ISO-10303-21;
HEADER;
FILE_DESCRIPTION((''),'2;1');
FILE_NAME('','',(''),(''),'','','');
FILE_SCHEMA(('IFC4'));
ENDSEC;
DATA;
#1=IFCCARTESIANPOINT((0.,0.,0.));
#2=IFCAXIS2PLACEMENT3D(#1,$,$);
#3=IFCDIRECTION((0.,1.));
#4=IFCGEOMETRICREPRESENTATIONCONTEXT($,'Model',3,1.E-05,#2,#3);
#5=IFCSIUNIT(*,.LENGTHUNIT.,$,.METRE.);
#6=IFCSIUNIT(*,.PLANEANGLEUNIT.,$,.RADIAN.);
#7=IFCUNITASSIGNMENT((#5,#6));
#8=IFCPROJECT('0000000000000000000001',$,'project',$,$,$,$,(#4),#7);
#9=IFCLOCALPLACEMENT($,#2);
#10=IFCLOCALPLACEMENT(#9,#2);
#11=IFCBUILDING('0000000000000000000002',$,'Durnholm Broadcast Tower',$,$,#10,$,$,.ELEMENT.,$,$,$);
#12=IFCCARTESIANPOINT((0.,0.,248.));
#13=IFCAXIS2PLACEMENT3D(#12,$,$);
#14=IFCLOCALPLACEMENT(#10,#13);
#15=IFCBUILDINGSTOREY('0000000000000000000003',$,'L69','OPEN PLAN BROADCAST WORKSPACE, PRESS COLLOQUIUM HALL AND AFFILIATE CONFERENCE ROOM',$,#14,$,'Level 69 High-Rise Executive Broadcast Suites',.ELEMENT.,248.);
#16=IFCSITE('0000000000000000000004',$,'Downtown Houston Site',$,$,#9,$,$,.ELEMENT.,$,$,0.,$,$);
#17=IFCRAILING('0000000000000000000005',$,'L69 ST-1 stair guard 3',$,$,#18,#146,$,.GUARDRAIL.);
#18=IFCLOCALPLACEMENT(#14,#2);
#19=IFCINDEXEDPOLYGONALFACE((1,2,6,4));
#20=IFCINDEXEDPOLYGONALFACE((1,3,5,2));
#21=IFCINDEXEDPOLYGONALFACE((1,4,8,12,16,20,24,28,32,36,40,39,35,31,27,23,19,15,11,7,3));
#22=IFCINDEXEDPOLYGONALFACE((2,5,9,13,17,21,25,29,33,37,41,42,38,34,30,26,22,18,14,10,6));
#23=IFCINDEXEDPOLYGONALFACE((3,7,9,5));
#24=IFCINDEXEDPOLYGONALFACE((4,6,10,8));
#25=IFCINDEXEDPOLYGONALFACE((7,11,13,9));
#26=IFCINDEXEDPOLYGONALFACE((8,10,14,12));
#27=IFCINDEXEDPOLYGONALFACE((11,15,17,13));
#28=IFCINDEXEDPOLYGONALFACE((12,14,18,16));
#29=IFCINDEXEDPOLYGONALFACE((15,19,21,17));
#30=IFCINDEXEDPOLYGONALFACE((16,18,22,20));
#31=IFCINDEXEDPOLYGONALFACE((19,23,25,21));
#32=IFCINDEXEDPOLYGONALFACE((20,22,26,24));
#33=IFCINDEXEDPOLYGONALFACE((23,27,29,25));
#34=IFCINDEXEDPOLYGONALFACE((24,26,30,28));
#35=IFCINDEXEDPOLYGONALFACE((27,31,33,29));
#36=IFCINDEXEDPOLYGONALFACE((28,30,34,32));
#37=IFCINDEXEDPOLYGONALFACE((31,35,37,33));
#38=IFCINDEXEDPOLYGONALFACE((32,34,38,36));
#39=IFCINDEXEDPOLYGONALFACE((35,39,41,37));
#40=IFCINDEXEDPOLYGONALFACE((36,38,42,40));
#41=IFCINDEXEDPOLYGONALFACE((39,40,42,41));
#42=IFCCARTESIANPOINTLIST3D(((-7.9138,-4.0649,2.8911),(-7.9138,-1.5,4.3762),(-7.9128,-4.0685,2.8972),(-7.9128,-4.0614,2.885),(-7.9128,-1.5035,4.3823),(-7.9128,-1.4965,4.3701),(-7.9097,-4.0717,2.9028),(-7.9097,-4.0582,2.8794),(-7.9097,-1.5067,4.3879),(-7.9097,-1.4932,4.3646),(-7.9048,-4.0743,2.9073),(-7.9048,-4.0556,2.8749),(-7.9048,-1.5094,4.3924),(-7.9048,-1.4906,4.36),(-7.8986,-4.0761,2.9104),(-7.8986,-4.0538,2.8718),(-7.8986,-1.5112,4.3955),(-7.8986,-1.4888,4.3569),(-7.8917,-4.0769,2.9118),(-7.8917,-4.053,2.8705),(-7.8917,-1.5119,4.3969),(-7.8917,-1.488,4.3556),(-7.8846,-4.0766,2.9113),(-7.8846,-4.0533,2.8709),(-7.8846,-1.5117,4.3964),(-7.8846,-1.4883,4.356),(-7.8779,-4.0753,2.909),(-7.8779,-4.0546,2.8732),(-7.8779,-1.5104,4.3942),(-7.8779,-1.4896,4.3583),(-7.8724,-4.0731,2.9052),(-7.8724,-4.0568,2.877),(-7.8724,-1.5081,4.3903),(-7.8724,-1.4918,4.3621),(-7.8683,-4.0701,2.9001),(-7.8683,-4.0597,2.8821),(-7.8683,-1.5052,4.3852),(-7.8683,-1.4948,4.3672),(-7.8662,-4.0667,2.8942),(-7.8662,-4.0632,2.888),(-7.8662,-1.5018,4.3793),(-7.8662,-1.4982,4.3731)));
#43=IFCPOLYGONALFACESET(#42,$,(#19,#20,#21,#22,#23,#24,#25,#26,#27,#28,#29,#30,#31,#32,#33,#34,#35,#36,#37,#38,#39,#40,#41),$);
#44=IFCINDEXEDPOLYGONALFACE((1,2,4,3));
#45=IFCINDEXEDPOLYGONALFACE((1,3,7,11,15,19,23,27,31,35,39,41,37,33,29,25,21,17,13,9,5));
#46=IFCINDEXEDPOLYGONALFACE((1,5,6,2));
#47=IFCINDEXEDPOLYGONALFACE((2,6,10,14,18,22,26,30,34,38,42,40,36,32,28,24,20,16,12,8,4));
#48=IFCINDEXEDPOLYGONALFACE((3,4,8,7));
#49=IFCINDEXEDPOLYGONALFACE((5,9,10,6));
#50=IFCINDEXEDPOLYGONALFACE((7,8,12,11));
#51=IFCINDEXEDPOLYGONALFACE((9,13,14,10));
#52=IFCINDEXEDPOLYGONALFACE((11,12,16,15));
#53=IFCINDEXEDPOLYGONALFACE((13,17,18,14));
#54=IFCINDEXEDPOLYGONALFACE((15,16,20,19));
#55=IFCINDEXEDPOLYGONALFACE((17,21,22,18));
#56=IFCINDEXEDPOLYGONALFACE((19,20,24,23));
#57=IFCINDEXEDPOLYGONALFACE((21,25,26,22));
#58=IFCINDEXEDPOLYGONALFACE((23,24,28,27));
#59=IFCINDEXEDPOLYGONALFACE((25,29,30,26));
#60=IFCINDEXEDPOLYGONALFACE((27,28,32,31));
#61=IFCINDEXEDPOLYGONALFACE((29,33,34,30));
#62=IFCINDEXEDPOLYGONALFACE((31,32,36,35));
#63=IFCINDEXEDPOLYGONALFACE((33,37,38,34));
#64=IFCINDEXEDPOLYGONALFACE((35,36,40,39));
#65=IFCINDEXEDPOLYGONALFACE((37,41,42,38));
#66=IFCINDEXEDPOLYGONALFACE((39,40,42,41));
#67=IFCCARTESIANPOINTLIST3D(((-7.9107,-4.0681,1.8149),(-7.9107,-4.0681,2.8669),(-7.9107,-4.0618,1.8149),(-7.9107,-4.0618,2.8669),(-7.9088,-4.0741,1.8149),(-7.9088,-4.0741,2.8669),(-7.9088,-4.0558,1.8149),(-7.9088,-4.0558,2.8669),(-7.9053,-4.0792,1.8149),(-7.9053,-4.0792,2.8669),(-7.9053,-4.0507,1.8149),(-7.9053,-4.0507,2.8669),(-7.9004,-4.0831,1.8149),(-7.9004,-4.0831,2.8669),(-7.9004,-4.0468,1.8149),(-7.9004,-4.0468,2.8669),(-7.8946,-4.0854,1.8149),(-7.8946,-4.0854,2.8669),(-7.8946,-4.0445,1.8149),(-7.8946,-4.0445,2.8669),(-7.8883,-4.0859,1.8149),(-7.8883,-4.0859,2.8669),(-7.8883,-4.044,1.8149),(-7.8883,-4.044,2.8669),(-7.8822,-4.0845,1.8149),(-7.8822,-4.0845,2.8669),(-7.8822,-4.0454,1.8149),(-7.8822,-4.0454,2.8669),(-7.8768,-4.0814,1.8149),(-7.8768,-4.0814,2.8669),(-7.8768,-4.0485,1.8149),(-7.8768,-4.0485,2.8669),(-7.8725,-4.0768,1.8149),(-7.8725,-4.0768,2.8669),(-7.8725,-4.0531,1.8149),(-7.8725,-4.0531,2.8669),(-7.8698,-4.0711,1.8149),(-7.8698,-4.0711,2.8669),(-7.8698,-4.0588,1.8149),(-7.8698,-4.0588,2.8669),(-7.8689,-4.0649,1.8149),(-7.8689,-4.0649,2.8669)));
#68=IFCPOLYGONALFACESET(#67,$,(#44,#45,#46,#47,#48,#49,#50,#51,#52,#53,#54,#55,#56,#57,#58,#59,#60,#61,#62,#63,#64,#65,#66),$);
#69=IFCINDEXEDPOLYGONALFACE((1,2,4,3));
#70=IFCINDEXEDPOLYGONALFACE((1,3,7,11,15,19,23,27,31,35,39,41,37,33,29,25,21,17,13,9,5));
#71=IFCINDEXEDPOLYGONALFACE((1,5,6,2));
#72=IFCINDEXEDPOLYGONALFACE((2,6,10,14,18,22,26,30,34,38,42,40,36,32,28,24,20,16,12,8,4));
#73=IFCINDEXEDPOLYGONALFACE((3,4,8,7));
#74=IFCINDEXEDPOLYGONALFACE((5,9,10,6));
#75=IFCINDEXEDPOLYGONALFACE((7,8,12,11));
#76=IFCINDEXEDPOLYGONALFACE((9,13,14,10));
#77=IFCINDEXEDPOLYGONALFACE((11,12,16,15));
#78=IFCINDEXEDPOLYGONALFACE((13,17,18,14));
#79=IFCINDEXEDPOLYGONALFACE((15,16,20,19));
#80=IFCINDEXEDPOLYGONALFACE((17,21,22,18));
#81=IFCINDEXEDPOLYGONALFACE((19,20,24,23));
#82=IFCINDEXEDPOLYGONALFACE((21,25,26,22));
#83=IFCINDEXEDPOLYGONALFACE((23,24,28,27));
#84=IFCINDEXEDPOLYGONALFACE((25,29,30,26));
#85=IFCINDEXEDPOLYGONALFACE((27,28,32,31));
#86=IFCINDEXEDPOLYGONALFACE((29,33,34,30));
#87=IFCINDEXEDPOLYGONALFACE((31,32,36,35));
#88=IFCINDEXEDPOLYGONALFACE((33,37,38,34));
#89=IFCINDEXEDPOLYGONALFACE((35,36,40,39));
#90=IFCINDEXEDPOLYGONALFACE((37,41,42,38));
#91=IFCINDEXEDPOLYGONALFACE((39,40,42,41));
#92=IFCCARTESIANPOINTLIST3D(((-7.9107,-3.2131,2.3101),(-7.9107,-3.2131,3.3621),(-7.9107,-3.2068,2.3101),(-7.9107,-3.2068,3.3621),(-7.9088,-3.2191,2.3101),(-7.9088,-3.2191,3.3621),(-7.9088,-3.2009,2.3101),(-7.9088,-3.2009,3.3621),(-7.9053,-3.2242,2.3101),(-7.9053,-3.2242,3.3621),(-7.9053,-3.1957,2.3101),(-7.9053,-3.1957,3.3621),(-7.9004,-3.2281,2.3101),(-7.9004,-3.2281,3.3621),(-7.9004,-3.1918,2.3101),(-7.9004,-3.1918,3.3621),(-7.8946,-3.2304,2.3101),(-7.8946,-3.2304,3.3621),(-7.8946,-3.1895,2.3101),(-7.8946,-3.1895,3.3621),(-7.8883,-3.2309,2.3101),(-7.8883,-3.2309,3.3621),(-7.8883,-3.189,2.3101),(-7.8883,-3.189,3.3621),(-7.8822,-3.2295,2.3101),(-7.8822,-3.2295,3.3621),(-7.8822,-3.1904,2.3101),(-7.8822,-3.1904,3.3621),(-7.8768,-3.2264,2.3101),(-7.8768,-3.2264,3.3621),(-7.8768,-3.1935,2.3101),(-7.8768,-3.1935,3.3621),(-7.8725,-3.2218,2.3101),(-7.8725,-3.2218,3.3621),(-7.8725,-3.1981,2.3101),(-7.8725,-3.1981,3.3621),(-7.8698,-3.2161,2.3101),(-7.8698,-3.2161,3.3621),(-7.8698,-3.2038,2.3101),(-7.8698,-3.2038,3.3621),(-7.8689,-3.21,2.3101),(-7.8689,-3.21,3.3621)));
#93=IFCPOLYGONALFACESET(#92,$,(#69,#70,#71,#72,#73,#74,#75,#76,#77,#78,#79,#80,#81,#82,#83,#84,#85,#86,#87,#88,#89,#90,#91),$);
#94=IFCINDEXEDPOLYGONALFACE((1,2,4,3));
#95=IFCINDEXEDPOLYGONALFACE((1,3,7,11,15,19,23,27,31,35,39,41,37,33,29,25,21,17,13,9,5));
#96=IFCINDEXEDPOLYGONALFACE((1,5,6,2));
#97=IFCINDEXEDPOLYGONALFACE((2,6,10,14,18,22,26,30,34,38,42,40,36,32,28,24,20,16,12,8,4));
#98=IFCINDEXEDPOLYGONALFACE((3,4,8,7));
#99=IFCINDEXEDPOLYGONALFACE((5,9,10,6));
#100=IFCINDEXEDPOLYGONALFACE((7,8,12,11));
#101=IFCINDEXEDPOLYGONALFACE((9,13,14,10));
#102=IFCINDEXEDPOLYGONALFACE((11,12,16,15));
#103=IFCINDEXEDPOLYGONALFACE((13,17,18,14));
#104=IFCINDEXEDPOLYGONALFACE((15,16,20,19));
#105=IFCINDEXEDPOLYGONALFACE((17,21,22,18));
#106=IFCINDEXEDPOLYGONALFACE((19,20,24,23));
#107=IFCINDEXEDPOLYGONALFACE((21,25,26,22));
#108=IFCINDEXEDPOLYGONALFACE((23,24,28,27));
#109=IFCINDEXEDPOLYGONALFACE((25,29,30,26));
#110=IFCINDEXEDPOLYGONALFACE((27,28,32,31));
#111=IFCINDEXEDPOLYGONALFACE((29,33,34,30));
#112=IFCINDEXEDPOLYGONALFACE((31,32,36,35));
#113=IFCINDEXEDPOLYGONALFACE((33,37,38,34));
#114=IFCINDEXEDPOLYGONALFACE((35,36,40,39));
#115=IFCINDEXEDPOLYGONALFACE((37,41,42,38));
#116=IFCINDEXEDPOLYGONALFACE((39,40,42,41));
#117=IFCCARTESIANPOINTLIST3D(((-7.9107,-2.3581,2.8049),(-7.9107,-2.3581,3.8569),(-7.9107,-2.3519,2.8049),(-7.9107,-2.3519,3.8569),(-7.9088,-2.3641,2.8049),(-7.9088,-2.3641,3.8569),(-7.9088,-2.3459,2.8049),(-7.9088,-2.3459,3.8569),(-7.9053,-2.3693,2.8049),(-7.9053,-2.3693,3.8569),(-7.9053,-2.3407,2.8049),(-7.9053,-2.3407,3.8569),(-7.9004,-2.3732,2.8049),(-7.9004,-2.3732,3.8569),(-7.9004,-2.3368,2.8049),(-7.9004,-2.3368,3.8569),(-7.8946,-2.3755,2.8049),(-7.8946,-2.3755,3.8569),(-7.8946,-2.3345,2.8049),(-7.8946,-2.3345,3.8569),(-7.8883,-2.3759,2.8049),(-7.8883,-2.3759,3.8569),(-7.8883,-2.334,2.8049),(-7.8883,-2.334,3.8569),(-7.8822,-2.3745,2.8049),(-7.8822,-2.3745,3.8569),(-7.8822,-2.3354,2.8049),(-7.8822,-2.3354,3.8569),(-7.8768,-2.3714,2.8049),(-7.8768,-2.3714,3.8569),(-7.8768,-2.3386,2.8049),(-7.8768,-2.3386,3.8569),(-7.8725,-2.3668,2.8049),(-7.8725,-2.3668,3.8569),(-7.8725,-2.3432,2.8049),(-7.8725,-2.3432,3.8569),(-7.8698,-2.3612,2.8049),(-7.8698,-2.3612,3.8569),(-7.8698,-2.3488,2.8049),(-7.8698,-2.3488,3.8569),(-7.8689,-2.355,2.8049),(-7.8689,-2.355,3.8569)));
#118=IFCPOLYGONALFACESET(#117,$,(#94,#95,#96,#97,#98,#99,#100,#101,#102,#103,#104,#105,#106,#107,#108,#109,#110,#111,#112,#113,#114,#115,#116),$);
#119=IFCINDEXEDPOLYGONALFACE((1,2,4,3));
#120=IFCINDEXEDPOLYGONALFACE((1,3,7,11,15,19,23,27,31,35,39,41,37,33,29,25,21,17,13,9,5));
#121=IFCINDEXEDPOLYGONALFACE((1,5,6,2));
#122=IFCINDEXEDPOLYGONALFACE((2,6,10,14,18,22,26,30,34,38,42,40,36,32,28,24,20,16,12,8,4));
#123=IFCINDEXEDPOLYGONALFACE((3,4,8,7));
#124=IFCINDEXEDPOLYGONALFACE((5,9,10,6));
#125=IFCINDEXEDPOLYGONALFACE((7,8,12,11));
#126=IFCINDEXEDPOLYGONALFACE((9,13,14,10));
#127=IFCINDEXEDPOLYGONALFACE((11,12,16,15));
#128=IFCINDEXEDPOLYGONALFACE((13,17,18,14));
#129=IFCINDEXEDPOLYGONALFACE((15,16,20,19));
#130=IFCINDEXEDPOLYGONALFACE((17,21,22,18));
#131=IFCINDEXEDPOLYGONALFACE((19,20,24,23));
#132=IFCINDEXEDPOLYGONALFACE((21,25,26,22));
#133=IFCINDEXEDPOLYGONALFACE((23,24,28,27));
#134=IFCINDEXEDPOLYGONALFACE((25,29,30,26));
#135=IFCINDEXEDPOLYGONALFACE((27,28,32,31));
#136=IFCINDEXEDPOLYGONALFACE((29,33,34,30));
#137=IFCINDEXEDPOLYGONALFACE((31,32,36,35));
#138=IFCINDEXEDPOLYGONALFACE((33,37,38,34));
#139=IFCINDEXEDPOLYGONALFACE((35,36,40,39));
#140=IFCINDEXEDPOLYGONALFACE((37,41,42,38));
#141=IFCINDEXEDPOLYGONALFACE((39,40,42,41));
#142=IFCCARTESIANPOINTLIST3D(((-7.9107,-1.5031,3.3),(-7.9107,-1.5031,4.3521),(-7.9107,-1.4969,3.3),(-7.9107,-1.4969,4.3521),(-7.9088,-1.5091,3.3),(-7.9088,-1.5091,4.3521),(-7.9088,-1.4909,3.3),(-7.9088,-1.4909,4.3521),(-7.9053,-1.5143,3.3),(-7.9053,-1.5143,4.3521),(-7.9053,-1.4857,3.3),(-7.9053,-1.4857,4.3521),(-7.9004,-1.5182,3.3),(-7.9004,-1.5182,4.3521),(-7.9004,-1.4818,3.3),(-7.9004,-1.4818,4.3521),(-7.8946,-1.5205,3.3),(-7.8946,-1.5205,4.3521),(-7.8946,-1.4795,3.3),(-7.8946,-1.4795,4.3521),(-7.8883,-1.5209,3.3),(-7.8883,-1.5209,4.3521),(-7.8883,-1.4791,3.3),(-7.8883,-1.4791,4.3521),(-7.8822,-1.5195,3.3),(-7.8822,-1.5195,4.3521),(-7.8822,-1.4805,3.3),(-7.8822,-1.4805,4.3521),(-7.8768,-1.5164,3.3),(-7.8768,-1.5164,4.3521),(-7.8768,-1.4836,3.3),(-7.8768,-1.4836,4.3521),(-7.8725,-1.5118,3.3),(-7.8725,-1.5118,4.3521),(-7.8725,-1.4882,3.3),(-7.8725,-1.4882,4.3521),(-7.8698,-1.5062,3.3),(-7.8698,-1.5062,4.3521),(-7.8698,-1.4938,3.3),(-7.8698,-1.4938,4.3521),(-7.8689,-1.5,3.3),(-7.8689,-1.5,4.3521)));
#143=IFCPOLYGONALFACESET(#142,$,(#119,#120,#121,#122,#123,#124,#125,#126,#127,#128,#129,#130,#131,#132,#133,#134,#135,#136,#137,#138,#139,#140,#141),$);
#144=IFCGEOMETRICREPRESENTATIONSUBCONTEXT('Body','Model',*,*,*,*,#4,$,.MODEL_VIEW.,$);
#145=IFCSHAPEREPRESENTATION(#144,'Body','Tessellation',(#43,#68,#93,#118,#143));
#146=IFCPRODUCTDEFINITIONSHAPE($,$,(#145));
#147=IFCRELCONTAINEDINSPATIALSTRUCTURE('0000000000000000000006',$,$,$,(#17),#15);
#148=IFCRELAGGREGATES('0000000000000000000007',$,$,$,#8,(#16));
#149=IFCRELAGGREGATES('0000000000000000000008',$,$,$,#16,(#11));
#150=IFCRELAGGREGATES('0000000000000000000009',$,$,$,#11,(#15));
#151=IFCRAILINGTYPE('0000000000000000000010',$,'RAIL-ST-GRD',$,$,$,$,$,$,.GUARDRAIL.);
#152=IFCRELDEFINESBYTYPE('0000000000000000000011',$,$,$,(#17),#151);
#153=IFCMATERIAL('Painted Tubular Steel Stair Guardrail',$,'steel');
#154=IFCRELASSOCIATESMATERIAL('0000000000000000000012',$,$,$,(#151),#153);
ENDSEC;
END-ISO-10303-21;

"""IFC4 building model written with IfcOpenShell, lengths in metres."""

from ifc_helpers import new_model, si_unit, direction, frame, origin, origin_2d, place, context, subcontext, project, spatial, circle, extrude, material, type_object, element, save


model = new_model("IFC4")

# Units and contexts
model_context = context("Model", 3, precision=1e-05, world=origin(), true_north=direction((0.0, 1.0)))
body_context = subcontext(model_context, "Body", "Model", "MODEL_VIEW")
ifc_project = project(units=[si_unit("LENGTHUNIT", "METRE"), si_unit("PLANEANGLEUNIT", "RADIAN")], contexts=[model_context])

# Site, building, storey
site_placement = place(None, origin())
site = spatial("IfcSite", under=ifc_project, at=site_placement, Name="Downtown Houston Site", CompositionType="ELEMENT", RefElevation=0.0)
building_placement = place(site_placement, origin())
building = spatial("IfcBuilding", under=site, at=building_placement, Name="Durnholm Broadcast Tower", CompositionType="ELEMENT")
storey_placement = place(building_placement, frame((0.0, 0.0, 248.0)))
storey = spatial("IfcBuildingStorey", under=building, at=storey_placement, Name="L69", Description="OPEN PLAN BROADCAST WORKSPACE, PRESS COLLOQUIUM HALL AND AFFILIATE CONFERENCE ROOM", LongName="Level 69 High-Rise Executive Broadcast Suites", CompositionType="ELEMENT", Elevation=248.0)

# Railing
ifc_material_1 = material(Name="Painted Tubular Steel Stair Guardrail", Category="steel")
railing_type_1 = type_object("IfcRailingType", Name="RAIL-ST-GRD", PredefinedType="GUARDRAIL", material=ifc_material_1)
railing_1_placement = place(storey_placement, frame((-7.8899, -4.0649, 1.8149)))
element("IfcRailing", 1, at=railing_1_placement, inside=storey, type_object=railing_type_1, Name="L69 ST-1 stair guard 3", PredefinedType="GUARDRAIL", context=body_context, shape_type="SweptSolid", body=[
    extrude(circle(Radius=0.0239, at=origin_2d()), frame((0.0, 0.0, 1.0762), z_axis=(0.0, 0.865406, 0.501072), x_axis=(-1.0, 0.0, 0.0)), (0.0, 0.0, 1.0), 2.9639),
    extrude(circle(Radius=0.021, at=origin_2d()), origin(), (0.0, 0.0, 1.0), 1.052),
    extrude(circle(Radius=0.021, at=origin_2d()), frame((0.0, 0.855, 0.4951)), (0.0, 0.0, 1.0), 1.052),
    extrude(circle(Radius=0.021, at=origin_2d()), frame((0.0, 1.71, 0.99)), (0.0, 0.0, 1.0), 1.052),
    extrude(circle(Radius=0.021, at=origin_2d()), frame((0.0, 2.5649, 1.4851)), (0.0, 0.0, 1.0), 1.052),
])

save(model, "model.ifc")
